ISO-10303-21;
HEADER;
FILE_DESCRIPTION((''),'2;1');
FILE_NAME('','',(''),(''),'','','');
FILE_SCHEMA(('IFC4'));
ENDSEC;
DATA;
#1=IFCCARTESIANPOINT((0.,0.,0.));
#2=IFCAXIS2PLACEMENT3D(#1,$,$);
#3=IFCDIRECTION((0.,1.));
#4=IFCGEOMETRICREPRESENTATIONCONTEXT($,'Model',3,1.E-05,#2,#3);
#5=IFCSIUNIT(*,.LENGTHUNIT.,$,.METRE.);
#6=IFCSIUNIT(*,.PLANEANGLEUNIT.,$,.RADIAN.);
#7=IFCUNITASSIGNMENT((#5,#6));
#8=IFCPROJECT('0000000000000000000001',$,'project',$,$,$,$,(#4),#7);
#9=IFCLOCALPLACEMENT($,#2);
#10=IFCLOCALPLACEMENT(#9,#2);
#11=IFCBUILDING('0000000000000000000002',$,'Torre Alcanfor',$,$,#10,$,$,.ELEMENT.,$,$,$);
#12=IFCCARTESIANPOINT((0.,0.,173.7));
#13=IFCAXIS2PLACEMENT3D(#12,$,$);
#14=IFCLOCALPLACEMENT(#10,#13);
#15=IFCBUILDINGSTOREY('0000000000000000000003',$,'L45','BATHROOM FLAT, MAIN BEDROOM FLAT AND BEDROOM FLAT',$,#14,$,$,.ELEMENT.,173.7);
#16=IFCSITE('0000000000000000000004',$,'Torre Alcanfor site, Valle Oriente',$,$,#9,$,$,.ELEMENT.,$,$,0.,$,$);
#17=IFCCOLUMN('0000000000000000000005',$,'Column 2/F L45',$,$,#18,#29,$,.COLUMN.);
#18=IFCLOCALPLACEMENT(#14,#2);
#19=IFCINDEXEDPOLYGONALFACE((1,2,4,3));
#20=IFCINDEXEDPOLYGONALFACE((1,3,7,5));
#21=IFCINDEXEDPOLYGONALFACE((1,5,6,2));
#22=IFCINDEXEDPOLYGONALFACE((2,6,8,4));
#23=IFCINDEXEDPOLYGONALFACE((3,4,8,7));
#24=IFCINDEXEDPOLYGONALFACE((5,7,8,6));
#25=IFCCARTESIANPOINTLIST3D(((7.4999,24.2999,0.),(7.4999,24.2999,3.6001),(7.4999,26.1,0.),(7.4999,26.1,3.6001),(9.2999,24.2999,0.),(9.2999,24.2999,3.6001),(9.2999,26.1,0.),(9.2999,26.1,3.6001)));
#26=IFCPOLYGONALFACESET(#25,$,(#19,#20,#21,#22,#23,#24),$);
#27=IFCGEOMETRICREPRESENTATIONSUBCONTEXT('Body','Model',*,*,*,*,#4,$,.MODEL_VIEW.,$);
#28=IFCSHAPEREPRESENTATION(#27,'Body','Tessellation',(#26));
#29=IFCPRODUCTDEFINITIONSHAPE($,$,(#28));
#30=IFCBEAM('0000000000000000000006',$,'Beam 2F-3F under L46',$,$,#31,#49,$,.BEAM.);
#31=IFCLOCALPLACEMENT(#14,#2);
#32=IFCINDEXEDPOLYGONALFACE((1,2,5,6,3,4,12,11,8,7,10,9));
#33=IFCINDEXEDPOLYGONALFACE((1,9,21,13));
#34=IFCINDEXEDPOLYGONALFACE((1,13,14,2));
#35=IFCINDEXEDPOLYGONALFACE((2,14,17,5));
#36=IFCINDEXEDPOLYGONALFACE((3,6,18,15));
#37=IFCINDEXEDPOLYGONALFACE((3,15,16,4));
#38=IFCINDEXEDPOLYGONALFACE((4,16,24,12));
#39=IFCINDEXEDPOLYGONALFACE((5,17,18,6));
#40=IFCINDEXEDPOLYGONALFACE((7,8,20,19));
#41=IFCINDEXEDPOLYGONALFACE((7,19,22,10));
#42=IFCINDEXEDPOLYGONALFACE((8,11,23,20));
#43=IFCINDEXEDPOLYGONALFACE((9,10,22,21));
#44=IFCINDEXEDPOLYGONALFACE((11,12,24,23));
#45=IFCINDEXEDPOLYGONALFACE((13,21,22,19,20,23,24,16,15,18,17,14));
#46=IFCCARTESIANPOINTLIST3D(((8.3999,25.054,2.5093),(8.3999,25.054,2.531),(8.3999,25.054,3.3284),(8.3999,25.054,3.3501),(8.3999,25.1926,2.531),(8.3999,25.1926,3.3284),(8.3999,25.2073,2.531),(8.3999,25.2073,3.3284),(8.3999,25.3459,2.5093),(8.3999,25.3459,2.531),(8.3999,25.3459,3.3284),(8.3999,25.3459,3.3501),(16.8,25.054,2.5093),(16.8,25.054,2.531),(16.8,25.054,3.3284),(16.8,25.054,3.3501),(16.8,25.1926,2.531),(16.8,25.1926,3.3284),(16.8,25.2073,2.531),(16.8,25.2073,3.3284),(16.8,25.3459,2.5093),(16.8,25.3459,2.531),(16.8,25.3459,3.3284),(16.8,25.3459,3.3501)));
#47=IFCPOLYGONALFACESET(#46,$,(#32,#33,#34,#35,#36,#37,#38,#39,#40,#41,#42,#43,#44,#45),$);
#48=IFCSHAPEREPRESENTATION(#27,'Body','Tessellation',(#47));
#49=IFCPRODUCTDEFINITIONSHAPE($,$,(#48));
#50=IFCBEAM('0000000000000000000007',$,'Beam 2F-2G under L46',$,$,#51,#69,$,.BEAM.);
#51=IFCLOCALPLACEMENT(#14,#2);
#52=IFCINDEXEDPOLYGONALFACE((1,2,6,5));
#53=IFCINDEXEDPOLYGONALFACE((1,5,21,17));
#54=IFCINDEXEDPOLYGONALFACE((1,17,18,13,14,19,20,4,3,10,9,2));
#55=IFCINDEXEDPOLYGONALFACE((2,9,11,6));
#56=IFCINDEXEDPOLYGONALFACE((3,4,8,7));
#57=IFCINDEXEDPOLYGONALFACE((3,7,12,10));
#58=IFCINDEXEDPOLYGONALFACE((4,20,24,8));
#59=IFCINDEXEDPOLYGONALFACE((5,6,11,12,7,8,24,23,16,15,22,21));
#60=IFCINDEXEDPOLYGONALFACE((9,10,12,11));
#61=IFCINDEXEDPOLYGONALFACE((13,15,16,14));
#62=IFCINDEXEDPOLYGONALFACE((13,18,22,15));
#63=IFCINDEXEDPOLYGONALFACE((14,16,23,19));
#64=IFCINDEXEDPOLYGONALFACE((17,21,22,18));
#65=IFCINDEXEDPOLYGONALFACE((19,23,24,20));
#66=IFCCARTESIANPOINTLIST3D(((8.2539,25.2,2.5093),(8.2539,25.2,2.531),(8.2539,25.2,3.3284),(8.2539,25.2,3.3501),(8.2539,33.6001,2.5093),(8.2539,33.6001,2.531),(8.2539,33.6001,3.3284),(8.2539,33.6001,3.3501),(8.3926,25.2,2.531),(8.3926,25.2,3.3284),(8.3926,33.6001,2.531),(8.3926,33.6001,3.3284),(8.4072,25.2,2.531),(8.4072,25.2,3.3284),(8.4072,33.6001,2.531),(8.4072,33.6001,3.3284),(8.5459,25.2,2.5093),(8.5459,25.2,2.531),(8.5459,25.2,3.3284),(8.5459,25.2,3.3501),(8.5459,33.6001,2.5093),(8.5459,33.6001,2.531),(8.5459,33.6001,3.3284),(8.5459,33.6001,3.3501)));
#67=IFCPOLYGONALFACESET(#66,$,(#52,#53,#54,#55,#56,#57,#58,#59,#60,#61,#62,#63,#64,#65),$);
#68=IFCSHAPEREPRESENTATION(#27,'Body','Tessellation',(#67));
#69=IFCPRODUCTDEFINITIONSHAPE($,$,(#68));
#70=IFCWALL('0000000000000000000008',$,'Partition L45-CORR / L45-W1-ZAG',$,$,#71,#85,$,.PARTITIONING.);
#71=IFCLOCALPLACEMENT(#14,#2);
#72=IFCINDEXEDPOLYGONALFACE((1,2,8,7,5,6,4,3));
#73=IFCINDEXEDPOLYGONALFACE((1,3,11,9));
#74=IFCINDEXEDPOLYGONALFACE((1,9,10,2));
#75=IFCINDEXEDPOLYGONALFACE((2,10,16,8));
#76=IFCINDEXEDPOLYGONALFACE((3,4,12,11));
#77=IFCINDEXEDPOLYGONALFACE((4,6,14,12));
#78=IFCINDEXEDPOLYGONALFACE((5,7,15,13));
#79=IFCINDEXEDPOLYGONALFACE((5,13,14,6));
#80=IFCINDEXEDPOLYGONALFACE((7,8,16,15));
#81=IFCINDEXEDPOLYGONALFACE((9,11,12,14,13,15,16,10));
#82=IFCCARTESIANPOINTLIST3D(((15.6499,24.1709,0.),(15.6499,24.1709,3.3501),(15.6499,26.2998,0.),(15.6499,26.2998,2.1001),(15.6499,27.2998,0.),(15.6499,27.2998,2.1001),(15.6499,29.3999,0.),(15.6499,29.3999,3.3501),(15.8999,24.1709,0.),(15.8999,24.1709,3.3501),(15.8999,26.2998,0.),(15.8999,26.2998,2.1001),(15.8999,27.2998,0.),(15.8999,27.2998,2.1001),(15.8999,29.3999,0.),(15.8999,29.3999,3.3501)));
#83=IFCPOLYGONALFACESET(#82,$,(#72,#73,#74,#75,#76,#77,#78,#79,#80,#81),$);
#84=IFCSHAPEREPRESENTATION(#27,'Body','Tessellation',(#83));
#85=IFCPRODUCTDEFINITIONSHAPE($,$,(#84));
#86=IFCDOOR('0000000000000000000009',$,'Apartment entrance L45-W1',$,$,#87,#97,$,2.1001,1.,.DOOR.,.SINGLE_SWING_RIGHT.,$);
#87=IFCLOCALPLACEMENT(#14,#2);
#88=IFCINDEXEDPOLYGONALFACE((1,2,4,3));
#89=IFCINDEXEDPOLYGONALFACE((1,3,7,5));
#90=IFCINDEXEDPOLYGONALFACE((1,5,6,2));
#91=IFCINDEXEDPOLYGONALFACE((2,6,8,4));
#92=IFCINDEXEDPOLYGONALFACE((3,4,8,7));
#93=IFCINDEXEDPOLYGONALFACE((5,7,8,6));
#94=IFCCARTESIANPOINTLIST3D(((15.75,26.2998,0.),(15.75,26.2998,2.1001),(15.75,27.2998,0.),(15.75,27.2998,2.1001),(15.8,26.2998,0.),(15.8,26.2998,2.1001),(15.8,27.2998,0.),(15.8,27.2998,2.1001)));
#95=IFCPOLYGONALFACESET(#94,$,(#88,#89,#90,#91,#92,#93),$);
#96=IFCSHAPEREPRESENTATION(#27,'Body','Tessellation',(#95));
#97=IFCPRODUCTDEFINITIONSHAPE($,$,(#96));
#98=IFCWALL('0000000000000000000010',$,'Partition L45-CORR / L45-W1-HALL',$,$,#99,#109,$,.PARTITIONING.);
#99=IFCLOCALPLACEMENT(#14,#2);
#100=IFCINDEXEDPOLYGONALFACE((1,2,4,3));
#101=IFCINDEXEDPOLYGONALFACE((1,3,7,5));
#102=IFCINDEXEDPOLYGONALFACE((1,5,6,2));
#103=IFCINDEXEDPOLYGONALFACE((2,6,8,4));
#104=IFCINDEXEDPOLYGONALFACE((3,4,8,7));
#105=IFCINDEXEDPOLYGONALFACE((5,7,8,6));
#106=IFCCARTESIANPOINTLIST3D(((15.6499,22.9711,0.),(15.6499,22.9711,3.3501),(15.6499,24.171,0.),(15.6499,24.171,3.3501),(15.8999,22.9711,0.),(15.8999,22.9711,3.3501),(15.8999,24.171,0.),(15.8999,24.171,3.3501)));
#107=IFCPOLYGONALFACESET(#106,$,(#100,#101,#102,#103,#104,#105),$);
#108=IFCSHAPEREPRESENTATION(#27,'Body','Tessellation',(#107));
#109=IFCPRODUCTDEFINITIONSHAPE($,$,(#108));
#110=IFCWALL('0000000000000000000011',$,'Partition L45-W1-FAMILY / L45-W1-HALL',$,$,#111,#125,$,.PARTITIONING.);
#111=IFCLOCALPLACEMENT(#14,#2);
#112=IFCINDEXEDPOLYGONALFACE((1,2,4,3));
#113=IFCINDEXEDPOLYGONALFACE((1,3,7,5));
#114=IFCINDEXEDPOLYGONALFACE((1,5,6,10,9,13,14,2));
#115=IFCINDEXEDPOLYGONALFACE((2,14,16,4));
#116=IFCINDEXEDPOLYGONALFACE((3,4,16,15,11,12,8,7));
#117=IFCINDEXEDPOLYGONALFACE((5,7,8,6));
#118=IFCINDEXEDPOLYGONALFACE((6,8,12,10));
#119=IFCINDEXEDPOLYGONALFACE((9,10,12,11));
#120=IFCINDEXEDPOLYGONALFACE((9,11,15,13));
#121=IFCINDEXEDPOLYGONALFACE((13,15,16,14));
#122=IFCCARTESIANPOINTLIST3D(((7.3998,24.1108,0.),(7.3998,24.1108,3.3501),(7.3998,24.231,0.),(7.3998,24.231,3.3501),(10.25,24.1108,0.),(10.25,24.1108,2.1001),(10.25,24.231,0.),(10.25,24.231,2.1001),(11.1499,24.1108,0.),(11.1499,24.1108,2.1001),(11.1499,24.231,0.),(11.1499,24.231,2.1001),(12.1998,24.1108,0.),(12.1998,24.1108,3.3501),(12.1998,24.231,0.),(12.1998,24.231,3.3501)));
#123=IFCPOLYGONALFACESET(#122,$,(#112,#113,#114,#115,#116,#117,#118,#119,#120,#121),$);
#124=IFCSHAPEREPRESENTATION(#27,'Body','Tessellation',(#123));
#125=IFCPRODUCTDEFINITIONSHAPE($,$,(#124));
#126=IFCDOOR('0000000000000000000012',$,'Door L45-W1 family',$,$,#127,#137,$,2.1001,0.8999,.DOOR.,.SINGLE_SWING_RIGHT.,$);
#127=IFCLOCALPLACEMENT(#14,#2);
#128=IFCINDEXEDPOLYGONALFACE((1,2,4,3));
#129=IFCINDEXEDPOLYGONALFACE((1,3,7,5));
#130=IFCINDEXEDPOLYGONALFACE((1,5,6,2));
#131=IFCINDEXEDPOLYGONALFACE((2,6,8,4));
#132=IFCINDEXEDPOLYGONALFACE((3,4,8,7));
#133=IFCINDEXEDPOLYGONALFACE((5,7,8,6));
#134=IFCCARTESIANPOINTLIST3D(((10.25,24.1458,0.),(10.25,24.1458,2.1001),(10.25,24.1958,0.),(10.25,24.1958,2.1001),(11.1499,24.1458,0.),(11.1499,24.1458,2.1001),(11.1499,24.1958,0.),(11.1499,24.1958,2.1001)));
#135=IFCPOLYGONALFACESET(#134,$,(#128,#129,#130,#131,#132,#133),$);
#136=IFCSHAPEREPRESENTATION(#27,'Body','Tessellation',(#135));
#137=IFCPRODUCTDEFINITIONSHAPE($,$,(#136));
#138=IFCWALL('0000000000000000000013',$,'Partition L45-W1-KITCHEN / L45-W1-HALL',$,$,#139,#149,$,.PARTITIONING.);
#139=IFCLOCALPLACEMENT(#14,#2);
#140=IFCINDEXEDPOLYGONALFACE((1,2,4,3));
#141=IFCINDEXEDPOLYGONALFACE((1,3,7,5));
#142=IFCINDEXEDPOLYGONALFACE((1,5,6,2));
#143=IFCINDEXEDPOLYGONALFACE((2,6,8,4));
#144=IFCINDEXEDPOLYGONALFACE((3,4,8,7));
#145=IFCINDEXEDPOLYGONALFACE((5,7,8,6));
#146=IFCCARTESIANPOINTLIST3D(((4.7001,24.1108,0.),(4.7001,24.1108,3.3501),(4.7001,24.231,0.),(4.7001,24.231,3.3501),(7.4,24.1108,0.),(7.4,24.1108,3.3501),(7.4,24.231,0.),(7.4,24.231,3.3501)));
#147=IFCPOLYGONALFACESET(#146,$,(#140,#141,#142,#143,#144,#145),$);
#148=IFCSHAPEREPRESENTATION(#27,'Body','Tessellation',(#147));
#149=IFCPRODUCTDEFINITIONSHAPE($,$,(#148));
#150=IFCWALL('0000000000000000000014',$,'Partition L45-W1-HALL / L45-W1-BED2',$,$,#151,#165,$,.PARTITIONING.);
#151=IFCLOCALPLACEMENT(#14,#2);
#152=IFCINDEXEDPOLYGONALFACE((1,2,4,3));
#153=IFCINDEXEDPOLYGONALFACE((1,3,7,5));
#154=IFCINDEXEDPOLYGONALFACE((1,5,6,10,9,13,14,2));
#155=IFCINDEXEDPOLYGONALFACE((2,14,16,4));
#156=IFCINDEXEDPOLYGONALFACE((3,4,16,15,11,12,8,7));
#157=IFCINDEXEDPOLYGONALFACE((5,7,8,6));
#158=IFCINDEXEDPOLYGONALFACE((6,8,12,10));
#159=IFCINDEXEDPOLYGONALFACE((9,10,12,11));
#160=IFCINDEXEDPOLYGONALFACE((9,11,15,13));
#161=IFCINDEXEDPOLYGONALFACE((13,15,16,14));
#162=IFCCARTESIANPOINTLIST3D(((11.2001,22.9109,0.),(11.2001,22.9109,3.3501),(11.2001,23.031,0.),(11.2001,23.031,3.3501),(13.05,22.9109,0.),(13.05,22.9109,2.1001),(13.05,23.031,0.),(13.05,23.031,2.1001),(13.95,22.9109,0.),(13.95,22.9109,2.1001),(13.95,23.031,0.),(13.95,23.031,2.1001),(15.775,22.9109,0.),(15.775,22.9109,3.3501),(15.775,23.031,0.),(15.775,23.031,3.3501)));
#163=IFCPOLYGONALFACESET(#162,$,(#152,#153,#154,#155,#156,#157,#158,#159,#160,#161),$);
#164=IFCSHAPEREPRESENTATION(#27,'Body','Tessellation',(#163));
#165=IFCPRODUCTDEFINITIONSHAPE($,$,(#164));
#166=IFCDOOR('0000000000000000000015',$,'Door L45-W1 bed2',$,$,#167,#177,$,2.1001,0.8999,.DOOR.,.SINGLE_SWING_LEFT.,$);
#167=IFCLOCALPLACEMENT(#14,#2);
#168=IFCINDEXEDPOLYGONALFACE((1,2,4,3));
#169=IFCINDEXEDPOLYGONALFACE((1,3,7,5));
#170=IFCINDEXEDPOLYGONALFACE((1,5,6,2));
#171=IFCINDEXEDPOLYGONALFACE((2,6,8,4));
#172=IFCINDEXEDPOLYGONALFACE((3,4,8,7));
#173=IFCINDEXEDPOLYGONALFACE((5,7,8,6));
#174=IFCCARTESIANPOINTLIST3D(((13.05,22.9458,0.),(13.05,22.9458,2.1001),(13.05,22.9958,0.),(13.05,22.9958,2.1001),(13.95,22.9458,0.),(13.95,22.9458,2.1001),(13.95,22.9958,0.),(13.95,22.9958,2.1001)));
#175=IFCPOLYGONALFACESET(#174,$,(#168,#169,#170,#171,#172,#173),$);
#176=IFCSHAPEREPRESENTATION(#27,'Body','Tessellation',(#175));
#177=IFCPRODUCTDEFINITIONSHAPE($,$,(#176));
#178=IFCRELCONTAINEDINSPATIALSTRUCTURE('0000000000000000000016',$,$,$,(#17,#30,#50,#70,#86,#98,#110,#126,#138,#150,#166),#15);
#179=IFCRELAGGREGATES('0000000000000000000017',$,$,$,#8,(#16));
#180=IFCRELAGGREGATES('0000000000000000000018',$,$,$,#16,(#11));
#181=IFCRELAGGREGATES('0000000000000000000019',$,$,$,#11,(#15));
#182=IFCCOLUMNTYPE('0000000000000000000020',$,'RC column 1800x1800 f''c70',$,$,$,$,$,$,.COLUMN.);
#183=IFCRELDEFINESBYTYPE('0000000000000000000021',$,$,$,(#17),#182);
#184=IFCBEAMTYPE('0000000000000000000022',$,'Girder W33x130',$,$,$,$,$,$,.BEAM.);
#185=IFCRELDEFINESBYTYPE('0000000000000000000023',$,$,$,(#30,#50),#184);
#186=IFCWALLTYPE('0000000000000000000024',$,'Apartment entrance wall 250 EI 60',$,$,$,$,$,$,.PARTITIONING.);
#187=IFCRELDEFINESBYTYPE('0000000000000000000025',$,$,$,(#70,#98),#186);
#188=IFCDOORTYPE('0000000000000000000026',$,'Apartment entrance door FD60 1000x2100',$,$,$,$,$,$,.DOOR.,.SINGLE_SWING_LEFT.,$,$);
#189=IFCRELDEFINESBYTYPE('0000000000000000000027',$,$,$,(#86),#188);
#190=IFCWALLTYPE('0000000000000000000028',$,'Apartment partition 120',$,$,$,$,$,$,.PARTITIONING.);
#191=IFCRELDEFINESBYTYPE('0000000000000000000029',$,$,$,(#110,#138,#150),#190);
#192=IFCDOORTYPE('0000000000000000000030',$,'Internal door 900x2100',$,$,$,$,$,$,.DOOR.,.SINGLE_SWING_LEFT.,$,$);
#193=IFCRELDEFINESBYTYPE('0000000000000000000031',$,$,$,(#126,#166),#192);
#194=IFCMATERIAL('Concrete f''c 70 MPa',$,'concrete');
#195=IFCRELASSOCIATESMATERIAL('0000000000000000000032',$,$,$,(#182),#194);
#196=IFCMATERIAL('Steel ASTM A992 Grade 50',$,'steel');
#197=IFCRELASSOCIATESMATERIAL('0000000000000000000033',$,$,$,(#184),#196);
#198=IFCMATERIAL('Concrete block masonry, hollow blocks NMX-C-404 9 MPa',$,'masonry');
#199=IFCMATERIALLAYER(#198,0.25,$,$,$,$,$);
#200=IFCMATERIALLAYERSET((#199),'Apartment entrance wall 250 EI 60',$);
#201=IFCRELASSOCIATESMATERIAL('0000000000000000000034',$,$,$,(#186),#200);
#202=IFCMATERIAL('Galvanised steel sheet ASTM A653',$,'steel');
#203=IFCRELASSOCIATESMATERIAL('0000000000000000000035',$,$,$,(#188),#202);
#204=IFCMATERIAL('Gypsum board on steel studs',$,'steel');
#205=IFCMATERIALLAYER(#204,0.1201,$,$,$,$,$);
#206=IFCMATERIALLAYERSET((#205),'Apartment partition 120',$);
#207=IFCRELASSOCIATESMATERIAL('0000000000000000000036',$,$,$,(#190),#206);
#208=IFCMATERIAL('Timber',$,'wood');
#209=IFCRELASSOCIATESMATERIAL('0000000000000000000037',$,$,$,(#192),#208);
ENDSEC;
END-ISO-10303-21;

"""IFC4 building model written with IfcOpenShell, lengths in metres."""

from ifc_helpers import new_model, si_unit, direction, frame, frame_2d, origin, origin_2d, place, context, subcontext, project, spatial, rectangle, i_section, extrude, material, layer, layer_set, material_profile, profile_set, type_object, element, fill, save


model = new_model("IFC4")

# Units and contexts
model_context = context("Model", 3, precision=1e-05, world=origin(), true_north=direction((0.0, 1.0)))
body_context = subcontext(model_context, "Body", "Model", "MODEL_VIEW")
ifc_project = project(units=[si_unit("LENGTHUNIT", "METRE"), si_unit("PLANEANGLEUNIT", "RADIAN")], contexts=[model_context])

# Site, building, storey
site_placement = place(None, origin())
site = spatial("IfcSite", under=ifc_project, at=site_placement, Name="Torre Alcanfor site, Valle Oriente", CompositionType="ELEMENT", RefElevation=0.0)
building_placement = place(site_placement, origin())
building = spatial("IfcBuilding", under=site, at=building_placement, Name="Torre Alcanfor", CompositionType="ELEMENT")
storey_placement = place(building_placement, frame((0.0, 0.0, 173.7)))
storey = spatial("IfcBuildingStorey", under=building, at=storey_placement, Name="L45", Description="BATHROOM FLAT, MAIN BEDROOM FLAT AND BEDROOM FLAT", CompositionType="ELEMENT", Elevation=173.7)

# Column
ifc_material_1 = material(Name="Concrete f'c 70 MPa", Category="concrete")
ifc_material_profile_1 = material_profile(ifc_material_1, rectangle(XDim=1.8, YDim=1.8, at=origin_2d()), Name="1800x1800")
ifc_profile_set_1 = profile_set([ifc_material_profile_1], Name="Concrete f'c 70 MPa")
column_type = type_object("IfcColumnType", Name="RC column 1800x1800 f'c70", PredefinedType="COLUMN", material=ifc_profile_set_1)
column_placement = place(storey_placement, frame((8.3999, 25.2, 0.0), z_axis=(0.0, 0.0, 1.0), x_axis=(1.0, 0.0, 0.0)))
element("IfcColumn", 1, at=column_placement, inside=storey, type_object=column_type, Name="Column 2/F L45", PredefinedType="COLUMN", context=body_context, shape_type="SweptSolid", body=[
    extrude(rectangle(XDim=1.8, YDim=1.8, at=origin_2d()), origin(), (0.0, 0.0, 1.0), 3.6001),
])

# Beams
ifc_material_2 = material(Name="Steel ASTM A992 Grade 50", Category="steel")
ifc_material_profile_2 = material_profile(ifc_material_2, i_section(OverallWidth=0.292, OverallDepth=0.8408, WebThickness=0.0146, FlangeThickness=0.0217, at=origin_2d()), Name="W33x130")
ifc_profile_set_2 = profile_set([ifc_material_profile_2], Name="Steel ASTM A992 Grade 50")
beam_type = type_object("IfcBeamType", Name="Girder W33x130", PredefinedType="BEAM", material=ifc_profile_set_2)
for number, where, z_axis, x_axis, name in (
    (2, (8.3999, 25.2, 2.9297), (1.0, 0.0, 0.0), (0.0, 1.0, 0.0), "Beam 2F-3F under L46"),
    (3, (8.3999, 25.2, 2.9297), (0.0, 1.0, 0.0), (-1.0, 0.0, 0.0), "Beam 2F-2G under L46"),
):
    element("IfcBeam", number, at=place(storey_placement, frame(where, z_axis=z_axis, x_axis=x_axis)), inside=storey, type_object=beam_type, Name=name, PredefinedType="BEAM", context=body_context, shape_type="SweptSolid", body=[
        extrude(i_section(OverallWidth=0.292, OverallDepth=0.8408, WebThickness=0.0146, FlangeThickness=0.0217, at=origin_2d()), origin(), (0.0, 0.0, 1.0), 8.4001),
    ])

# Wall, opening, door
ifc_material_3 = material(Name="Concrete block masonry, hollow blocks NMX-C-404 9 MPa", Category="masonry")
ifc_layer_1 = layer(ifc_material_3, 0.25)
ifc_layer_set_1 = layer_set([ifc_layer_1], Name="Apartment entrance wall 250 EI 60")
wall_type_1 = type_object("IfcWallType", Name="Apartment entrance wall 250 EI 60", PredefinedType="PARTITIONING", material=ifc_layer_set_1)
wall_1_placement = place(storey_placement, frame((15.7749, 24.1709, 0.0), z_axis=(0.0, 0.0, 1.0), x_axis=(0.0, 1.0, 0.0)))
wall_1 = element("IfcWall", 4, at=wall_1_placement, inside=storey, type_object=wall_type_1, Name="Partition L45-CORR / L45-W1-ZAG", PredefinedType="PARTITIONING", context=body_context, shape_type="SweptSolid", body=[
    extrude(rectangle(XDim=5.229, YDim=0.25, at=frame_2d((2.6145, 0.0))), origin(), (0.0, 0.0, 1.0), 3.3501),
])
opening_1_placement = place(wall_1_placement, frame((2.1289, 0.0, 0.0)))
opening_1 = element("IfcOpeningElement", 5, at=opening_1_placement, cuts=wall_1, PredefinedType="OPENING", context=body_context, shape_type="SweptSolid", body=[
    extrude(rectangle(XDim=1.0, YDim=2.1001, at=frame_2d((0.5, 1.05))), frame((0.0, 0.135, 0.0), z_axis=(0.0, -1.0, 0.0), x_axis=(1.0, 0.0, 0.0)), (0.0, 0.0, 1.0), 0.27),
])
ifc_material_4 = material(Name="Galvanised steel sheet ASTM A653", Category="steel")
door_type_1 = type_object("IfcDoorType", Name="Apartment entrance door FD60 1000x2100", OperationType="SINGLE_SWING_LEFT", PredefinedType="DOOR", material=ifc_material_4)
door_1_placement = place(opening_1_placement, origin())
door_1 = element("IfcDoor", 6, at=door_1_placement, inside=storey, type_object=door_type_1, Name="Apartment entrance L45-W1", OperationType="SINGLE_SWING_RIGHT", OverallHeight=2.1001, OverallWidth=1.0, PredefinedType="DOOR", context=body_context, shape_type="SweptSolid", body=[
    extrude(rectangle(XDim=1.0, YDim=2.1001, at=frame_2d((0.5, 1.05))), frame((0.0, 0.0249, 0.0), z_axis=(0.0, -1.0, 0.0), x_axis=(1.0, 0.0, 0.0)), (0.0, 0.0, 1.0), 0.05),
])
fill(opening_1, door_1)

# Wall
wall_2_placement = place(storey_placement, frame((15.7749, 22.9709, 0.0), z_axis=(0.0, 0.0, 1.0), x_axis=(0.0, 1.0, 0.0)))
element("IfcWall", 7, at=wall_2_placement, inside=storey, type_object=wall_type_1, Name="Partition L45-CORR / L45-W1-HALL", PredefinedType="PARTITIONING", context=body_context, shape_type="SweptSolid", body=[
    extrude(rectangle(XDim=1.2, YDim=0.25, at=frame_2d((0.6001, 0.0))), origin(), (0.0, 0.0, 1.0), 3.3501),
])

# Wall, opening, door
ifc_material_5 = material(Name="Gypsum board on steel studs", Category="steel")
ifc_layer_2 = layer(ifc_material_5, 0.1201)
ifc_layer_set_2 = layer_set([ifc_layer_2], Name="Apartment partition 120")
wall_type_2 = type_object("IfcWallType", Name="Apartment partition 120", PredefinedType="PARTITIONING", material=ifc_layer_set_2)
wall_3_placement = place(storey_placement, frame((7.3999, 24.1709, 0.0), z_axis=(0.0, 0.0, 1.0), x_axis=(1.0, 0.0, 0.0)))
wall_3 = element("IfcWall", 8, at=wall_3_placement, inside=storey, type_object=wall_type_2, Name="Partition L45-W1-FAMILY / L45-W1-HALL", PredefinedType="PARTITIONING", context=body_context, shape_type="SweptSolid", body=[
    extrude(rectangle(XDim=4.8, YDim=0.1201, at=frame_2d((2.3999, 0.0))), origin(), (0.0, 0.0, 1.0), 3.3501),
])
opening_2_placement = place(wall_3_placement, frame((2.8501, 0.0, 0.0)))
opening_2 = element("IfcOpeningElement", 9, at=opening_2_placement, cuts=wall_3, PredefinedType="OPENING", context=body_context, shape_type="SweptSolid", body=[
    extrude(rectangle(XDim=0.8999, YDim=2.1001, at=frame_2d((0.45, 1.05))), frame((0.0, 0.0701, 0.0), z_axis=(0.0, -1.0, 0.0), x_axis=(1.0, 0.0, 0.0)), (0.0, 0.0, 1.0), 0.1401),
])
ifc_material_6 = material(Name="Timber", Category="wood")
door_type_2 = type_object("IfcDoorType", Name="Internal door 900x2100", OperationType="SINGLE_SWING_LEFT", PredefinedType="DOOR", material=ifc_material_6)
door_2_placement = place(opening_2_placement, origin())
door_2 = element("IfcDoor", 10, at=door_2_placement, inside=storey, type_object=door_type_2, Name="Door L45-W1 family", OperationType="SINGLE_SWING_RIGHT", OverallHeight=2.1001, OverallWidth=0.8999, PredefinedType="DOOR", context=body_context, shape_type="SweptSolid", body=[
    extrude(rectangle(XDim=0.8999, YDim=2.1001, at=frame_2d((0.45, 1.05))), frame((0.0, 0.0249, 0.0), z_axis=(0.0, -1.0, 0.0), x_axis=(1.0, 0.0, 0.0)), (0.0, 0.0, 1.0), 0.05),
])
fill(opening_2, door_2)

# Wall
wall_4_placement = place(storey_placement, frame((4.7, 24.1709, 0.0), z_axis=(0.0, 0.0, 1.0), x_axis=(1.0, 0.0, 0.0)))
element("IfcWall", 11, at=wall_4_placement, inside=storey, type_object=wall_type_2, Name="Partition L45-W1-KITCHEN / L45-W1-HALL", PredefinedType="PARTITIONING", context=body_context, shape_type="SweptSolid", body=[
    extrude(rectangle(XDim=2.7, YDim=0.1201, at=frame_2d((1.3501, 0.0))), origin(), (0.0, 0.0, 1.0), 3.3501),
])

# Wall, opening, door
wall_5_placement = place(storey_placement, frame((11.2, 22.9709, 0.0), z_axis=(0.0, 0.0, 1.0), x_axis=(1.0, 0.0, 0.0)))
wall_5 = element("IfcWall", 12, at=wall_5_placement, inside=storey, type_object=wall_type_2, Name="Partition L45-W1-HALL / L45-W1-BED2", PredefinedType="PARTITIONING", context=body_context, shape_type="SweptSolid", body=[
    extrude(rectangle(XDim=4.575, YDim=0.1201, at=frame_2d((2.2876, 0.0))), origin(), (0.0, 0.0, 1.0), 3.3501),
])
opening_3_placement = place(wall_5_placement, frame((1.8501, 0.0, 0.0)))
opening_3 = element("IfcOpeningElement", 13, at=opening_3_placement, cuts=wall_5, PredefinedType="OPENING", context=body_context, shape_type="SweptSolid", body=[
    extrude(rectangle(XDim=0.8999, YDim=2.1001, at=frame_2d((0.45, 1.05))), frame((0.0, 0.0701, 0.0), z_axis=(0.0, -1.0, 0.0), x_axis=(1.0, 0.0, 0.0)), (0.0, 0.0, 1.0), 0.1401),
])
door_3_placement = place(opening_3_placement, frame((0.8999, 0.0, 0.0), z_axis=(0.0, 0.0, 1.0), x_axis=(-1.0, 0.0, 0.0)))
door_3 = element("IfcDoor", 14, at=door_3_placement, inside=storey, type_object=door_type_2, Name="Door L45-W1 bed2", OperationType="SINGLE_SWING_LEFT", OverallHeight=2.1001, OverallWidth=0.8999, PredefinedType="DOOR", context=body_context, shape_type="SweptSolid", body=[
    extrude(rectangle(XDim=0.8999, YDim=2.1001, at=frame_2d((0.45, 1.05))), frame((0.0, 0.0251, 0.0), z_axis=(0.0, -1.0, 0.0), x_axis=(1.0, 0.0, 0.0)), (0.0, 0.0, 1.0), 0.05),
])
fill(opening_3, door_3)

save(model, "model.ifc")
